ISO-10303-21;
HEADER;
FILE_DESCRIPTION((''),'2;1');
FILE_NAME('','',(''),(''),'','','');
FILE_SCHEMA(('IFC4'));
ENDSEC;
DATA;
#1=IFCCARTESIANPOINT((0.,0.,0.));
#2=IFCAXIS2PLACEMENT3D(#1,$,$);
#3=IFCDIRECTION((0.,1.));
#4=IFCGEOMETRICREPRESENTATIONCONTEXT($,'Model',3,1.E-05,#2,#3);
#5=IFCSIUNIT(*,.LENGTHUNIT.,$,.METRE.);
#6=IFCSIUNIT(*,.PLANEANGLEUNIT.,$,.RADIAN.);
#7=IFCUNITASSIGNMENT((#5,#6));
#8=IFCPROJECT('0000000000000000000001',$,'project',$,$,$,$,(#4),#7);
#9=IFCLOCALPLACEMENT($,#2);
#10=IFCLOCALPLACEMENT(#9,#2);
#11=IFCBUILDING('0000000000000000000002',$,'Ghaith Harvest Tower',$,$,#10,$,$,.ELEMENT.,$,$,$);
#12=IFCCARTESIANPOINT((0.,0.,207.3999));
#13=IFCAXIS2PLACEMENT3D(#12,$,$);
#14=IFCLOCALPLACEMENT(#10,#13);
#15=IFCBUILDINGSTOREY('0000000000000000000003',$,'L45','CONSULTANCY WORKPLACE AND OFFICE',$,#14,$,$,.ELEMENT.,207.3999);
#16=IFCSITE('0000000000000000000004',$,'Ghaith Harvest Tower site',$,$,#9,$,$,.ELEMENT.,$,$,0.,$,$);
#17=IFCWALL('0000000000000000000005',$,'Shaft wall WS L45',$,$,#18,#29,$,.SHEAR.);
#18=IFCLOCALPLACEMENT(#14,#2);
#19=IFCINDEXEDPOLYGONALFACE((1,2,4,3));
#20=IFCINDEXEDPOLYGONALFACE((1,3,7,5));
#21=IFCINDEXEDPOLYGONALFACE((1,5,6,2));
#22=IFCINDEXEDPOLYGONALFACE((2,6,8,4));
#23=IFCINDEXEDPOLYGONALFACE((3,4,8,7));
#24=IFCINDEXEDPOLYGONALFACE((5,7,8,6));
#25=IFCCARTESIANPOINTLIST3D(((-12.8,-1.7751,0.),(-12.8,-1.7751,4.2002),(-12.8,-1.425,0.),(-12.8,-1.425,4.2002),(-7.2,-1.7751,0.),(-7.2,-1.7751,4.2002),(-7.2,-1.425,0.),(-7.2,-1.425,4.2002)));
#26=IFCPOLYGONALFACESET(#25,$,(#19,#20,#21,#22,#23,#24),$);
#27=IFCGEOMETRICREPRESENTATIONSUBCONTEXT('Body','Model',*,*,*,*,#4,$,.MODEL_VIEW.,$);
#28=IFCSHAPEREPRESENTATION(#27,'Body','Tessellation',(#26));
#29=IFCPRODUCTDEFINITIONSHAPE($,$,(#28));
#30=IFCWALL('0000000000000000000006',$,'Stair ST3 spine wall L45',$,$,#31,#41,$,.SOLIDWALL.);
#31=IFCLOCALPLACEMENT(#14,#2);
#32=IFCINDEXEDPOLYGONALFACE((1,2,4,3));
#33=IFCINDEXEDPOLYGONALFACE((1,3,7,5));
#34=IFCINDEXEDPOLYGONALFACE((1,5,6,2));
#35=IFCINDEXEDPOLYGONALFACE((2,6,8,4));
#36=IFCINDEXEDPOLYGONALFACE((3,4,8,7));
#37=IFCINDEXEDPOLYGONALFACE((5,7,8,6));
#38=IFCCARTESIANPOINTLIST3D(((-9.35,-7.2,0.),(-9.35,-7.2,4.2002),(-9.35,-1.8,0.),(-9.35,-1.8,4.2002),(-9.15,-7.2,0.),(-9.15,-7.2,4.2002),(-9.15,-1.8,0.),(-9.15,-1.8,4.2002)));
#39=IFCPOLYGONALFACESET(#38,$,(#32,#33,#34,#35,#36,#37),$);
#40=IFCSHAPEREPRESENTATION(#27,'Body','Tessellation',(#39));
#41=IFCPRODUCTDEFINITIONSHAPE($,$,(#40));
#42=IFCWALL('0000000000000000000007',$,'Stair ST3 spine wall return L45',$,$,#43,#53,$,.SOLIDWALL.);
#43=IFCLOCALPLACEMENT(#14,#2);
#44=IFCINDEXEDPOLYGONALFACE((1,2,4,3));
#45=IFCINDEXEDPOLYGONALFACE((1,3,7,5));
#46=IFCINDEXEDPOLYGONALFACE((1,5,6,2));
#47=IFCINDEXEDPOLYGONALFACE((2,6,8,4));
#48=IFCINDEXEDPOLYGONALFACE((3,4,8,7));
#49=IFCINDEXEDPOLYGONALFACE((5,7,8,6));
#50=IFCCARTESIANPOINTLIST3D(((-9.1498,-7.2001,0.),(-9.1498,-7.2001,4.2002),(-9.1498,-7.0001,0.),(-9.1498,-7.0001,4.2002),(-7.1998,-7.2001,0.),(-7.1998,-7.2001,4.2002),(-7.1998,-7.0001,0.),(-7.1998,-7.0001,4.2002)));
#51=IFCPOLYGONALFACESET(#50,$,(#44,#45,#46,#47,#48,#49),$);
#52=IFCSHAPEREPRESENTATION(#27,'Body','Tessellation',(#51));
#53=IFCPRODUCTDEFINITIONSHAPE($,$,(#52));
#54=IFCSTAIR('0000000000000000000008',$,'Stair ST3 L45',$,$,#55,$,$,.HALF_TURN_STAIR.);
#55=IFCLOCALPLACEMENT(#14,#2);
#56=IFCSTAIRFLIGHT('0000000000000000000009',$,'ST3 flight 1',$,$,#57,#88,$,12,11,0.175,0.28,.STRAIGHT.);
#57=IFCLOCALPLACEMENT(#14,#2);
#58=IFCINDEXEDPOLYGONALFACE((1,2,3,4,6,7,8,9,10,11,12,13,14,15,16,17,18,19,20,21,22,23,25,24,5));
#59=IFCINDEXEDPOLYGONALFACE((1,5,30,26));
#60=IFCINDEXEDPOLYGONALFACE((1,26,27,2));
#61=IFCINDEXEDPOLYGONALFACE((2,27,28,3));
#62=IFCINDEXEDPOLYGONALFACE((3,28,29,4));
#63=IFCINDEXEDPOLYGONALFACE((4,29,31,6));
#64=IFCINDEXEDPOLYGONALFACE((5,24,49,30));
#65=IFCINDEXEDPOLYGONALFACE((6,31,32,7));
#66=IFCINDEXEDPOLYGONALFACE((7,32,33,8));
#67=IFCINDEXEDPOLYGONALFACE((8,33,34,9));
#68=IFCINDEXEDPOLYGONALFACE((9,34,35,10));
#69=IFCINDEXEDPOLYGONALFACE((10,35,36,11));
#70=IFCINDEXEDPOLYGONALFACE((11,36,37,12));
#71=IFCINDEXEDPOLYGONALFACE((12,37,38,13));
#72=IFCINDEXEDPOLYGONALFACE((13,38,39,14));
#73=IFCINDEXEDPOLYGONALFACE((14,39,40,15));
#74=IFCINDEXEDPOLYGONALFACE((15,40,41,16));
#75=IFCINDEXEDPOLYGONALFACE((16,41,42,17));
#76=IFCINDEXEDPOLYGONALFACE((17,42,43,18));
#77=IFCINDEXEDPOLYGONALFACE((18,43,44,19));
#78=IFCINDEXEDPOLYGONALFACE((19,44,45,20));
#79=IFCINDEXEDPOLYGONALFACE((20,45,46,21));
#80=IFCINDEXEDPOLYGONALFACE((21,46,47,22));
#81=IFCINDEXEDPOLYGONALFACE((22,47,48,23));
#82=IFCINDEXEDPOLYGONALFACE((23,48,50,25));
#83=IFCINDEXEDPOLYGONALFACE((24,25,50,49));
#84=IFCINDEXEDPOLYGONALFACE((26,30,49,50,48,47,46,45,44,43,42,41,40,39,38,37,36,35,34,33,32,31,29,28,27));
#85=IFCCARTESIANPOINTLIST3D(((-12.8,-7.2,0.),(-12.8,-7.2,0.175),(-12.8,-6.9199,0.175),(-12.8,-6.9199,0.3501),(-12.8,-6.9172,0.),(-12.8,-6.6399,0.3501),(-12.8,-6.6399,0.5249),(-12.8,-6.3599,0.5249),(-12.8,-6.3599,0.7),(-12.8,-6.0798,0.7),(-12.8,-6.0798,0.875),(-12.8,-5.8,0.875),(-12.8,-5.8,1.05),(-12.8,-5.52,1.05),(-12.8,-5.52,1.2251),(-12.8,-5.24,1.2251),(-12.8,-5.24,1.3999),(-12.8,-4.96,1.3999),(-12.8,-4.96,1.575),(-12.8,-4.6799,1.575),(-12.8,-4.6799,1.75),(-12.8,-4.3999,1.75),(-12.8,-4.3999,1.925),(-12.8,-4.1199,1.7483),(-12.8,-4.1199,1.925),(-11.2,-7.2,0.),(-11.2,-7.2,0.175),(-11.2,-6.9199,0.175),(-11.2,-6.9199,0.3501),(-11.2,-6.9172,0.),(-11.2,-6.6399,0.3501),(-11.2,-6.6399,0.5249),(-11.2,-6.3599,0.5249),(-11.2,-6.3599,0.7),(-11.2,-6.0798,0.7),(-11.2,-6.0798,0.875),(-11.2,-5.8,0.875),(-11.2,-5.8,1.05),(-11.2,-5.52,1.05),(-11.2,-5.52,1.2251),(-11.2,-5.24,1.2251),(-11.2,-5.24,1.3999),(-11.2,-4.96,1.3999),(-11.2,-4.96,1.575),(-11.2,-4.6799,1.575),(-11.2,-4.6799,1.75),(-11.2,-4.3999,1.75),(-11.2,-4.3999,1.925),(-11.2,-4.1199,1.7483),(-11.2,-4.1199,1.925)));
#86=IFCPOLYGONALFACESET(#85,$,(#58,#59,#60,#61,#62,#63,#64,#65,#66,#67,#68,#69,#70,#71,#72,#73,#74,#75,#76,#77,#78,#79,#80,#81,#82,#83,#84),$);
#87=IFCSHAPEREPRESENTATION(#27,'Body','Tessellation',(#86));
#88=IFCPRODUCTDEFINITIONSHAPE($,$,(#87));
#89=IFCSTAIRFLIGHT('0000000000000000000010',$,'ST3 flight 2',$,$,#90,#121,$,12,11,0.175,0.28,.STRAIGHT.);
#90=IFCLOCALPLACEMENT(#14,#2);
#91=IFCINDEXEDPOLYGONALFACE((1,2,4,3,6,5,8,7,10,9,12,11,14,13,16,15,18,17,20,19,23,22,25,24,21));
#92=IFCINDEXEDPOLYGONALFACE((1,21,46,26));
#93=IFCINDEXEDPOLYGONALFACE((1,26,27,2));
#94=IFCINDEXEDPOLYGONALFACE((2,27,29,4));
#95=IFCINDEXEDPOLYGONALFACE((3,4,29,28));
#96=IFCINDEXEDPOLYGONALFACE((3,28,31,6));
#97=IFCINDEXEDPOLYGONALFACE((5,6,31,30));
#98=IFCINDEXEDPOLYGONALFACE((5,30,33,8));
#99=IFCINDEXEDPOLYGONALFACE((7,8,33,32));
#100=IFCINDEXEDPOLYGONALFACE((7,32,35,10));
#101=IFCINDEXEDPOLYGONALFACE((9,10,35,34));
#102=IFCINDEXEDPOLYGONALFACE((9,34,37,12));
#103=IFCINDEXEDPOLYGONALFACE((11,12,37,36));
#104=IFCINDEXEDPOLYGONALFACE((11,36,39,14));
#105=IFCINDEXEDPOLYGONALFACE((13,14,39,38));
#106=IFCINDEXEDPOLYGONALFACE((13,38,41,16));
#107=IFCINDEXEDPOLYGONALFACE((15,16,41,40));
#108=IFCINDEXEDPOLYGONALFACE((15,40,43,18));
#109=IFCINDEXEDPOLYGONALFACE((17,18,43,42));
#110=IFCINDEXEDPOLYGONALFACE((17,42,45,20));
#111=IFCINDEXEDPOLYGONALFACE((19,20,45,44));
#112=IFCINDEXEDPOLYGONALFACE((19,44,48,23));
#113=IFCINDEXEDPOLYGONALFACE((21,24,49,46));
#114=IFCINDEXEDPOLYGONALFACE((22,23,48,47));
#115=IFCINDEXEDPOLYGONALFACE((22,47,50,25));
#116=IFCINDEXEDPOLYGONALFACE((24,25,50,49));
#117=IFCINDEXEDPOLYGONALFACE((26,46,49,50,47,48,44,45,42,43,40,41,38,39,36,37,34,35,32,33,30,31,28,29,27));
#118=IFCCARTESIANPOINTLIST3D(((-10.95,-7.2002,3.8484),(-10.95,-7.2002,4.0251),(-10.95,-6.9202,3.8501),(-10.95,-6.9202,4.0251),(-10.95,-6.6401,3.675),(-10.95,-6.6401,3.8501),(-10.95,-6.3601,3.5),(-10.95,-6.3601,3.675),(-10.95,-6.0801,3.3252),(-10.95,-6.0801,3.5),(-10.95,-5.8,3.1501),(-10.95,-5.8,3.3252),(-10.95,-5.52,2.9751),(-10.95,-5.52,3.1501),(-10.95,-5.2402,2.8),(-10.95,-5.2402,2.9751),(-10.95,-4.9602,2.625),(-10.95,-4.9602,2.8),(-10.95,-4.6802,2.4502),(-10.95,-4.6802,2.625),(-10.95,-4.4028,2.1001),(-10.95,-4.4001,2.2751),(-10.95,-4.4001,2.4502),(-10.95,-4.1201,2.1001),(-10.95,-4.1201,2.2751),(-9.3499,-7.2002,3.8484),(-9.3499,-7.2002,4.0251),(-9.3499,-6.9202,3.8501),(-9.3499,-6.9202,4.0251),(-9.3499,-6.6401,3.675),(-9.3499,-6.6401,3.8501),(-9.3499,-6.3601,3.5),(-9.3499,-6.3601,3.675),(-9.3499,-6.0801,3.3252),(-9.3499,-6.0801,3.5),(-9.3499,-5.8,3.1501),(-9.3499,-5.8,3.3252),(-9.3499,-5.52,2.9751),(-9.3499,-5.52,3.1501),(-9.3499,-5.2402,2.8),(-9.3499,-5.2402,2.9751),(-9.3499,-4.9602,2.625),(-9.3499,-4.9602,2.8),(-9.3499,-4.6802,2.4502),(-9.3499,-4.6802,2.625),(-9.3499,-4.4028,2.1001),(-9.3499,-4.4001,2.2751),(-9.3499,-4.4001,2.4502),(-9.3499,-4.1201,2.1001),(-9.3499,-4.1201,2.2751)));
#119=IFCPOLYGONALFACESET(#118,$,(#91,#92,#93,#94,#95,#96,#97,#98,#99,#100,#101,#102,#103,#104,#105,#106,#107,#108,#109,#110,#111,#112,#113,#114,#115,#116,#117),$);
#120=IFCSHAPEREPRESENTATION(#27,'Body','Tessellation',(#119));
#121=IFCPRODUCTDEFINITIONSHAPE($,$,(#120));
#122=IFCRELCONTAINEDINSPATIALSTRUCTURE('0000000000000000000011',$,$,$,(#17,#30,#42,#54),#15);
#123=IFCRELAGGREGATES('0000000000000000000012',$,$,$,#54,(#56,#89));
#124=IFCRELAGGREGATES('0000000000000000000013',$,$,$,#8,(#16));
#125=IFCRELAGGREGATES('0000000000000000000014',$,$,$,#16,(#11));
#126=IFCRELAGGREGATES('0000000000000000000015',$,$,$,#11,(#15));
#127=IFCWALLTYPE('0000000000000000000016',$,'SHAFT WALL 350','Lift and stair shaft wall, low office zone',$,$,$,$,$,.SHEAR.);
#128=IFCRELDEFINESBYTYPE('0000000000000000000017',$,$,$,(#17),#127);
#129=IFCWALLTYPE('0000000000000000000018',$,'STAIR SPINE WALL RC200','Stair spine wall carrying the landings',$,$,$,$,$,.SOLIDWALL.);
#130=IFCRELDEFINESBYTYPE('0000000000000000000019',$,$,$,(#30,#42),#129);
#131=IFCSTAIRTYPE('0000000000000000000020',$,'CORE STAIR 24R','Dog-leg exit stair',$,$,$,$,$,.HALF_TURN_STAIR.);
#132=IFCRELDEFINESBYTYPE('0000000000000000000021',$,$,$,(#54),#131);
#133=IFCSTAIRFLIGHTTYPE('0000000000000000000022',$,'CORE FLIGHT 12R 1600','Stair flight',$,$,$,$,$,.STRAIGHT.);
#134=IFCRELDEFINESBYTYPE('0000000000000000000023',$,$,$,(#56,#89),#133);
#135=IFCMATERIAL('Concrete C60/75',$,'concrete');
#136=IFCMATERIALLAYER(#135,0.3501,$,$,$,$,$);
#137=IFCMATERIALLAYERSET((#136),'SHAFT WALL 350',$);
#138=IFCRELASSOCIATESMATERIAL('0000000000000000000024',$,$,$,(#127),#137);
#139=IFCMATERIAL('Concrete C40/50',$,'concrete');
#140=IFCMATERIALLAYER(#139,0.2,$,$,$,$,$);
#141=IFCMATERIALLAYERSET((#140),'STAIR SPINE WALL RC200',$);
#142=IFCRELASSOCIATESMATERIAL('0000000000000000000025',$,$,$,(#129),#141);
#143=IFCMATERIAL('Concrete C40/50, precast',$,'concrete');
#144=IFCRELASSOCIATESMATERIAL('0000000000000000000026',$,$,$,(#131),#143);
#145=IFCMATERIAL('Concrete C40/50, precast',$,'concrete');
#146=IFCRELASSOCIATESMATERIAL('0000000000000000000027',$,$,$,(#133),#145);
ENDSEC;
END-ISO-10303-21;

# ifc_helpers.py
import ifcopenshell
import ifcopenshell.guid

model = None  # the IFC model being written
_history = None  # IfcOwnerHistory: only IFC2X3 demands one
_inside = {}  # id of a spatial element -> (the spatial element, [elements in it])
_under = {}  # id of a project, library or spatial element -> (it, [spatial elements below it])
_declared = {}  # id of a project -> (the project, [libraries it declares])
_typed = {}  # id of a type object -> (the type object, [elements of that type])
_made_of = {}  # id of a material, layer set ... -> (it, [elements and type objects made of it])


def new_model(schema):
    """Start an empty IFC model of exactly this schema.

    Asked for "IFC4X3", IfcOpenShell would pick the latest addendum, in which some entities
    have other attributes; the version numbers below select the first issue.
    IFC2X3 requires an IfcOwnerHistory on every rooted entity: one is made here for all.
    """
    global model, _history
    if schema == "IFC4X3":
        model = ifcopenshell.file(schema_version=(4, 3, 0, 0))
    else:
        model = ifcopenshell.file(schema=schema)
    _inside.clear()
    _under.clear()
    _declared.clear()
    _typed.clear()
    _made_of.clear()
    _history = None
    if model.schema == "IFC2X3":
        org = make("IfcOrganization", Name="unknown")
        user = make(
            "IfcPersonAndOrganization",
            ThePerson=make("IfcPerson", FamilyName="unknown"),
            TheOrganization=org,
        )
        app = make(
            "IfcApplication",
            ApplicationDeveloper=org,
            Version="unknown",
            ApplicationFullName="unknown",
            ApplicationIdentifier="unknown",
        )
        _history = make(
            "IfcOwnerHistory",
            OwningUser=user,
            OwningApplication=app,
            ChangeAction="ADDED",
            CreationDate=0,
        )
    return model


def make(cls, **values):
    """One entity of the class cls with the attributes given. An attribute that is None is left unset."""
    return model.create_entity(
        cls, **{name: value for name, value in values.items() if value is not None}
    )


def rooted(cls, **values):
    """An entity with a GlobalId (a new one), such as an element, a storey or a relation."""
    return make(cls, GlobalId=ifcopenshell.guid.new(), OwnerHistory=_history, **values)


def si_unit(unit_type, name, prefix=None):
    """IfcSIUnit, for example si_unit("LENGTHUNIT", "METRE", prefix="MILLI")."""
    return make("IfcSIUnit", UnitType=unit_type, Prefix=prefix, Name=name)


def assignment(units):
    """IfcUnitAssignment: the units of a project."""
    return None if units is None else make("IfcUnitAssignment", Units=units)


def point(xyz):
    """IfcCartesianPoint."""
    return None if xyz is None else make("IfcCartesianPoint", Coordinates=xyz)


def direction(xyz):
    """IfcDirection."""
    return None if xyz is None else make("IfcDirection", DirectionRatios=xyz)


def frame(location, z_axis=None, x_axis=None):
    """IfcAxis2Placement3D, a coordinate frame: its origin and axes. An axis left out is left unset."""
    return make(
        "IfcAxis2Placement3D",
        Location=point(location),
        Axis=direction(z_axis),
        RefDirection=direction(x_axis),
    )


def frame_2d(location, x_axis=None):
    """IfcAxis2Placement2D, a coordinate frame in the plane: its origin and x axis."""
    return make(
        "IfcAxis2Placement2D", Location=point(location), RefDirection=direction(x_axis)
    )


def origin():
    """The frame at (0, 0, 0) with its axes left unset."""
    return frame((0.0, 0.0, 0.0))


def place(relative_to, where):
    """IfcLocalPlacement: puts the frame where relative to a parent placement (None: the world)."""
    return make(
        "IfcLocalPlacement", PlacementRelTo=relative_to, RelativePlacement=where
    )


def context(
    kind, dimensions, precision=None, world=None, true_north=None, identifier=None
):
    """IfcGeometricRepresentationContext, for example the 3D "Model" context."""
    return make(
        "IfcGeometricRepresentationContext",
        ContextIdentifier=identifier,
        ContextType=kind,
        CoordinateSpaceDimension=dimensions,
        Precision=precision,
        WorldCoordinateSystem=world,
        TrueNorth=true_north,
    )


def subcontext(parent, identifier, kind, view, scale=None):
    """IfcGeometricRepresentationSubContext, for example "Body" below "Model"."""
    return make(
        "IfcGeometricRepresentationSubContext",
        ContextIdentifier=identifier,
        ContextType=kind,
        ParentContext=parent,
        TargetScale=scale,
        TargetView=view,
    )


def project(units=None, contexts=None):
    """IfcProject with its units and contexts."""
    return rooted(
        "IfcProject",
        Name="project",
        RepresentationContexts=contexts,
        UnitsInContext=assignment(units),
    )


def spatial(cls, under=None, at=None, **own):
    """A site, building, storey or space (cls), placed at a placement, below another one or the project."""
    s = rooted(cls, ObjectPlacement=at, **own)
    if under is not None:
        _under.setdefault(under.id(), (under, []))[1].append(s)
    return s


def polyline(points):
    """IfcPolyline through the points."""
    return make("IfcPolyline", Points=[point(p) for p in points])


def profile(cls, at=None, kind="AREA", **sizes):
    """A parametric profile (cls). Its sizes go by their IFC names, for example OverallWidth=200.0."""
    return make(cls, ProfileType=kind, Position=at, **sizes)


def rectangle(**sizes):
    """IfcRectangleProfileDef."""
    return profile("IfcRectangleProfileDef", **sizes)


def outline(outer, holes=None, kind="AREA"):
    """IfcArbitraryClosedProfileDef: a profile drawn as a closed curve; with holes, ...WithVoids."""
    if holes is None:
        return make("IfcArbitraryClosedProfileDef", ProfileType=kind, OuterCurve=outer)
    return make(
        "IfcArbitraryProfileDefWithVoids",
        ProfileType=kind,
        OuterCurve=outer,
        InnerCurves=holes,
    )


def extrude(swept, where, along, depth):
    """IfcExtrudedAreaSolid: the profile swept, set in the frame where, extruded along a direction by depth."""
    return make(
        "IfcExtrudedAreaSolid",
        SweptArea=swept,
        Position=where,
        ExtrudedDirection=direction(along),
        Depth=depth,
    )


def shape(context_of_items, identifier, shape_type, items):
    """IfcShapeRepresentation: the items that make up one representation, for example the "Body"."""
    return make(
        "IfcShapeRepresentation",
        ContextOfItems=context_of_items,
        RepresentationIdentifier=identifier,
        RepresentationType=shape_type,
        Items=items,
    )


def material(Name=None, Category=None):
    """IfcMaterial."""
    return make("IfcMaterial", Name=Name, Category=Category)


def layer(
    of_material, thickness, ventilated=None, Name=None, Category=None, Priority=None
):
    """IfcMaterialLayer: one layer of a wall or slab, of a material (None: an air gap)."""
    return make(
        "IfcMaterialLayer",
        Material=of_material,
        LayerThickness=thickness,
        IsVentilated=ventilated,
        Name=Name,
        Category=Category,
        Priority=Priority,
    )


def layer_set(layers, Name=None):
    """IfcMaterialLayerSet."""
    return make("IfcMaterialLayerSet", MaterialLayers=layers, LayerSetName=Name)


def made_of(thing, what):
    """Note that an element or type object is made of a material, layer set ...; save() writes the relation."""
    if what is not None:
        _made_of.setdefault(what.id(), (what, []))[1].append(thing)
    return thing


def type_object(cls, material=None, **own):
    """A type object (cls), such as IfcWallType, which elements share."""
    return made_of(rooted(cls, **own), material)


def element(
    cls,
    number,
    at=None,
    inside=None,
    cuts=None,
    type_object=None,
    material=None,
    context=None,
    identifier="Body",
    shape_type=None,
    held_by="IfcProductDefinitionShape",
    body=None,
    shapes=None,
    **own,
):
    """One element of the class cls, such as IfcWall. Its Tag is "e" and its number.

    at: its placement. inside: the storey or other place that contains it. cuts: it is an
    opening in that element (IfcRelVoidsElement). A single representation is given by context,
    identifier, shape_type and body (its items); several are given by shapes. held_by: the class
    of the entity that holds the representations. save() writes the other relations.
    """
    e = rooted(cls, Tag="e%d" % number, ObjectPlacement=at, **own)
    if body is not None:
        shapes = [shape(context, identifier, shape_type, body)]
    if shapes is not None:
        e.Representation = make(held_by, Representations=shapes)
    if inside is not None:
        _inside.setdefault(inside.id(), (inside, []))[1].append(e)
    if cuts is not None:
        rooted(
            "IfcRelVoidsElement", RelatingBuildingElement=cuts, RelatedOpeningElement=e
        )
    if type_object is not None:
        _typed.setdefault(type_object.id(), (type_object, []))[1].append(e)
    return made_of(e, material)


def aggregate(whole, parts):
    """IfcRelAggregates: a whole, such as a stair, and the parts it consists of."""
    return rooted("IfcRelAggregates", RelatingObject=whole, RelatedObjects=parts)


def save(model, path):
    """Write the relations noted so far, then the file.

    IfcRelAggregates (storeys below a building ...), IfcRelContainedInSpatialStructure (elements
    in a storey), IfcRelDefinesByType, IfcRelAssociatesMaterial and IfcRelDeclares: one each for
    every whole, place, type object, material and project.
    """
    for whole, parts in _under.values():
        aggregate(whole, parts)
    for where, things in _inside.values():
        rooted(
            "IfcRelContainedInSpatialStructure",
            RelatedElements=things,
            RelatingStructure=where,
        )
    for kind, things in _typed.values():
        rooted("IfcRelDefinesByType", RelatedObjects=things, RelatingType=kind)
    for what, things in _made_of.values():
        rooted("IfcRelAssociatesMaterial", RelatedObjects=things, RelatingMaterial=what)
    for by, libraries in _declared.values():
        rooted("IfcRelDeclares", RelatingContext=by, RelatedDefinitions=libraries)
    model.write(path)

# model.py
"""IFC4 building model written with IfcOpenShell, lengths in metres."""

from ifc_helpers import new_model, si_unit, direction, frame, frame_2d, origin, place, context, subcontext, project, spatial, polyline, rectangle, outline, extrude, material, layer, layer_set, type_object, element, aggregate, save


model = new_model("IFC4")

# Units and contexts
model_context = context("Model", 3, precision=1e-05, world=origin(), true_north=direction((0.0, 1.0)))
body_context = subcontext(model_context, "Body", "Model", "MODEL_VIEW")
ifc_project = project(units=[si_unit("LENGTHUNIT", "METRE"), si_unit("PLANEANGLEUNIT", "RADIAN")], contexts=[model_context])

# Site, building, storey
site_placement = place(None, origin())
site = spatial("IfcSite", under=ifc_project, at=site_placement, Name="Ghaith Harvest Tower site", CompositionType="ELEMENT", RefElevation=0.0)
building_placement = place(site_placement, origin())
building = spatial("IfcBuilding", under=site, at=building_placement, Name="Ghaith Harvest Tower", CompositionType="ELEMENT")
storey_placement = place(building_placement, frame((0.0, 0.0, 207.3999)))
storey = spatial("IfcBuildingStorey", under=building, at=storey_placement, Name="L45", Description="CONSULTANCY WORKPLACE AND OFFICE", CompositionType="ELEMENT", Elevation=207.3999)

# Shared definitions
ifc_material_1 = material(Name="Concrete C60/75", Category="concrete")
ifc_layer_1 = layer(ifc_material_1, 0.3501)
ifc_layer_set_1 = layer_set([ifc_layer_1], Name="SHAFT WALL 350")
wall_type_1 = type_object("IfcWallType", Name="SHAFT WALL 350", Description="Lift and stair shaft wall, low office zone", PredefinedType="SHEAR", material=ifc_layer_set_1)

# Walls
wall_1_placement = place(storey_placement, frame((-12.8, -1.6001, 0.0), z_axis=(0.0, 0.0, 1.0), x_axis=(1.0, 0.0, 0.0)))
element("IfcWall", 1, at=wall_1_placement, inside=storey, type_object=wall_type_1, Name="Shaft wall WS L45", PredefinedType="SHEAR", context=body_context, shape_type="SweptSolid", body=[
    extrude(rectangle(XDim=5.6001, YDim=0.3501, at=frame_2d((2.8, 0.0))), origin(), (0.0, 0.0, 1.0), 4.2002),
])
ifc_material_2 = material(Name="Concrete C40/50", Category="concrete")
ifc_layer_2 = layer(ifc_material_2, 0.2)
ifc_layer_set_2 = layer_set([ifc_layer_2], Name="STAIR SPINE WALL RC200")
wall_type_2 = type_object("IfcWallType", Name="STAIR SPINE WALL RC200", Description="Stair spine wall carrying the landings", PredefinedType="SOLIDWALL", material=ifc_layer_set_2)
wall_2_placement = place(storey_placement, frame((-9.25, -7.2, 0.0), z_axis=(0.0, 0.0, 1.0), x_axis=(0.0, 1.0, 0.0)))
element("IfcWall", 2, at=wall_2_placement, inside=storey, type_object=wall_type_2, Name="Stair ST3 spine wall L45", PredefinedType="SOLIDWALL", context=body_context, shape_type="SweptSolid", body=[
    extrude(rectangle(XDim=5.3999, YDim=0.2, at=frame_2d((2.7, 0.0))), origin(), (0.0, 0.0, 1.0), 4.2002),
])
wall_3_placement = place(storey_placement, frame((-9.1499, -7.1001, 0.0), z_axis=(0.0, 0.0, 1.0), x_axis=(1.0, 0.0, 0.0)))
element("IfcWall", 3, at=wall_3_placement, inside=storey, type_object=wall_type_2, Name="Stair ST3 spine wall return L45", PredefinedType="SOLIDWALL", context=body_context, shape_type="SweptSolid", body=[
    extrude(rectangle(XDim=1.95, YDim=0.2, at=frame_2d((0.9751, 0.0))), origin(), (0.0, 0.0, 1.0), 4.2002),
])

# Stair, stair flights
ifc_material_3 = material(Name="Concrete C40/50, precast", Category="concrete")
stair_type = type_object("IfcStairType", Name="CORE STAIR 24R", Description="Dog-leg exit stair", PredefinedType="HALF_TURN_STAIR", material=ifc_material_3)
stair_placement = place(storey_placement, origin())
stair = element("IfcStair", 4, at=stair_placement, inside=storey, type_object=stair_type, Name="Stair ST3 L45", PredefinedType="HALF_TURN_STAIR")
ifc_material_4 = material(Name="Concrete C40/50, precast", Category="concrete")
stair_flight_type = type_object("IfcStairFlightType", Name="CORE FLIGHT 12R 1600", Description="Stair flight", PredefinedType="STRAIGHT", material=ifc_material_4)
stair_flight_1_placement = place(storey_placement, frame((-12.0, -7.2, 0.0), z_axis=(0.0, 0.0, 1.0), x_axis=(0.0, 1.0, 0.0)))
stair_flight_1 = element("IfcStairFlight", 5, at=stair_flight_1_placement, type_object=stair_flight_type, Name="ST3 flight 1", NumberOfRisers=12, NumberOfTreads=11, PredefinedType="STRAIGHT", RiserHeight=0.175, TreadLength=0.28, context=body_context, shape_type="SweptSolid", body=[
    extrude(outline(polyline([(0.0, 0.0), (0.0, 0.175), (0.28, 0.175), (0.28, 0.3501), (0.5601, 0.3501), (0.5601, 0.5249), (0.8401, 0.5249), (0.8401, 0.7), (1.1201, 0.7), (1.1201, 0.875), (1.3999, 0.875), (1.3999, 1.05), (1.6799, 1.05), (1.6799, 1.2251), (1.96, 1.2251), (1.96, 1.3999), (2.24, 1.3999), (2.24, 1.575), (2.52, 1.575), (2.52, 1.75), (2.8, 1.75), (2.8, 1.925), (3.0801, 1.925), (3.0801, 2.1001), (3.0801, 1.7483), (0.2827, 0.0), (0.0, 0.0)])), frame((0.0, 0.8, 0.0), z_axis=(0.0, -1.0, 0.0), x_axis=(1.0, 0.0, 0.0)), (0.0, 0.0, 1.0), 1.6001),
])
stair_flight_2_placement = place(storey_placement, frame((-10.1499, -4.1201, 2.1001), z_axis=(0.0, 0.0, 1.0), x_axis=(0.0, -1.0, 0.0)))
stair_flight_2 = element("IfcStairFlight", 6, at=stair_flight_2_placement, type_object=stair_flight_type, Name="ST3 flight 2", NumberOfRisers=12, NumberOfTreads=11, PredefinedType="STRAIGHT", RiserHeight=0.175, TreadLength=0.28, context=body_context, shape_type="SweptSolid", body=[
    extrude(outline(polyline([(0.0, 0.0), (0.0, 0.175), (0.28, 0.175), (0.28, 0.3501), (0.5601, 0.3501), (0.5601, 0.5249), (0.8401, 0.5249), (0.8401, 0.7), (1.1201, 0.7), (1.1201, 0.875), (1.3999, 0.875), (1.3999, 1.05), (1.6799, 1.05), (1.6799, 1.2251), (1.96, 1.2251), (1.96, 1.3999), (2.24, 1.3999), (2.24, 1.575), (2.52, 1.575), (2.52, 1.75), (2.8, 1.75), (2.8, 1.925), (3.0801, 1.925), (3.0801, 2.1001), (3.0801, 1.7483), (0.2827, 0.0), (0.0, 0.0)])), frame((0.0, 0.8, 0.0), z_axis=(0.0, -1.0, 0.0), x_axis=(1.0, 0.0, 0.0)), (0.0, 0.0, 1.0), 1.6001),
])
aggregate(stair, [stair_flight_1, stair_flight_2])

save(model, "model.ifc")
